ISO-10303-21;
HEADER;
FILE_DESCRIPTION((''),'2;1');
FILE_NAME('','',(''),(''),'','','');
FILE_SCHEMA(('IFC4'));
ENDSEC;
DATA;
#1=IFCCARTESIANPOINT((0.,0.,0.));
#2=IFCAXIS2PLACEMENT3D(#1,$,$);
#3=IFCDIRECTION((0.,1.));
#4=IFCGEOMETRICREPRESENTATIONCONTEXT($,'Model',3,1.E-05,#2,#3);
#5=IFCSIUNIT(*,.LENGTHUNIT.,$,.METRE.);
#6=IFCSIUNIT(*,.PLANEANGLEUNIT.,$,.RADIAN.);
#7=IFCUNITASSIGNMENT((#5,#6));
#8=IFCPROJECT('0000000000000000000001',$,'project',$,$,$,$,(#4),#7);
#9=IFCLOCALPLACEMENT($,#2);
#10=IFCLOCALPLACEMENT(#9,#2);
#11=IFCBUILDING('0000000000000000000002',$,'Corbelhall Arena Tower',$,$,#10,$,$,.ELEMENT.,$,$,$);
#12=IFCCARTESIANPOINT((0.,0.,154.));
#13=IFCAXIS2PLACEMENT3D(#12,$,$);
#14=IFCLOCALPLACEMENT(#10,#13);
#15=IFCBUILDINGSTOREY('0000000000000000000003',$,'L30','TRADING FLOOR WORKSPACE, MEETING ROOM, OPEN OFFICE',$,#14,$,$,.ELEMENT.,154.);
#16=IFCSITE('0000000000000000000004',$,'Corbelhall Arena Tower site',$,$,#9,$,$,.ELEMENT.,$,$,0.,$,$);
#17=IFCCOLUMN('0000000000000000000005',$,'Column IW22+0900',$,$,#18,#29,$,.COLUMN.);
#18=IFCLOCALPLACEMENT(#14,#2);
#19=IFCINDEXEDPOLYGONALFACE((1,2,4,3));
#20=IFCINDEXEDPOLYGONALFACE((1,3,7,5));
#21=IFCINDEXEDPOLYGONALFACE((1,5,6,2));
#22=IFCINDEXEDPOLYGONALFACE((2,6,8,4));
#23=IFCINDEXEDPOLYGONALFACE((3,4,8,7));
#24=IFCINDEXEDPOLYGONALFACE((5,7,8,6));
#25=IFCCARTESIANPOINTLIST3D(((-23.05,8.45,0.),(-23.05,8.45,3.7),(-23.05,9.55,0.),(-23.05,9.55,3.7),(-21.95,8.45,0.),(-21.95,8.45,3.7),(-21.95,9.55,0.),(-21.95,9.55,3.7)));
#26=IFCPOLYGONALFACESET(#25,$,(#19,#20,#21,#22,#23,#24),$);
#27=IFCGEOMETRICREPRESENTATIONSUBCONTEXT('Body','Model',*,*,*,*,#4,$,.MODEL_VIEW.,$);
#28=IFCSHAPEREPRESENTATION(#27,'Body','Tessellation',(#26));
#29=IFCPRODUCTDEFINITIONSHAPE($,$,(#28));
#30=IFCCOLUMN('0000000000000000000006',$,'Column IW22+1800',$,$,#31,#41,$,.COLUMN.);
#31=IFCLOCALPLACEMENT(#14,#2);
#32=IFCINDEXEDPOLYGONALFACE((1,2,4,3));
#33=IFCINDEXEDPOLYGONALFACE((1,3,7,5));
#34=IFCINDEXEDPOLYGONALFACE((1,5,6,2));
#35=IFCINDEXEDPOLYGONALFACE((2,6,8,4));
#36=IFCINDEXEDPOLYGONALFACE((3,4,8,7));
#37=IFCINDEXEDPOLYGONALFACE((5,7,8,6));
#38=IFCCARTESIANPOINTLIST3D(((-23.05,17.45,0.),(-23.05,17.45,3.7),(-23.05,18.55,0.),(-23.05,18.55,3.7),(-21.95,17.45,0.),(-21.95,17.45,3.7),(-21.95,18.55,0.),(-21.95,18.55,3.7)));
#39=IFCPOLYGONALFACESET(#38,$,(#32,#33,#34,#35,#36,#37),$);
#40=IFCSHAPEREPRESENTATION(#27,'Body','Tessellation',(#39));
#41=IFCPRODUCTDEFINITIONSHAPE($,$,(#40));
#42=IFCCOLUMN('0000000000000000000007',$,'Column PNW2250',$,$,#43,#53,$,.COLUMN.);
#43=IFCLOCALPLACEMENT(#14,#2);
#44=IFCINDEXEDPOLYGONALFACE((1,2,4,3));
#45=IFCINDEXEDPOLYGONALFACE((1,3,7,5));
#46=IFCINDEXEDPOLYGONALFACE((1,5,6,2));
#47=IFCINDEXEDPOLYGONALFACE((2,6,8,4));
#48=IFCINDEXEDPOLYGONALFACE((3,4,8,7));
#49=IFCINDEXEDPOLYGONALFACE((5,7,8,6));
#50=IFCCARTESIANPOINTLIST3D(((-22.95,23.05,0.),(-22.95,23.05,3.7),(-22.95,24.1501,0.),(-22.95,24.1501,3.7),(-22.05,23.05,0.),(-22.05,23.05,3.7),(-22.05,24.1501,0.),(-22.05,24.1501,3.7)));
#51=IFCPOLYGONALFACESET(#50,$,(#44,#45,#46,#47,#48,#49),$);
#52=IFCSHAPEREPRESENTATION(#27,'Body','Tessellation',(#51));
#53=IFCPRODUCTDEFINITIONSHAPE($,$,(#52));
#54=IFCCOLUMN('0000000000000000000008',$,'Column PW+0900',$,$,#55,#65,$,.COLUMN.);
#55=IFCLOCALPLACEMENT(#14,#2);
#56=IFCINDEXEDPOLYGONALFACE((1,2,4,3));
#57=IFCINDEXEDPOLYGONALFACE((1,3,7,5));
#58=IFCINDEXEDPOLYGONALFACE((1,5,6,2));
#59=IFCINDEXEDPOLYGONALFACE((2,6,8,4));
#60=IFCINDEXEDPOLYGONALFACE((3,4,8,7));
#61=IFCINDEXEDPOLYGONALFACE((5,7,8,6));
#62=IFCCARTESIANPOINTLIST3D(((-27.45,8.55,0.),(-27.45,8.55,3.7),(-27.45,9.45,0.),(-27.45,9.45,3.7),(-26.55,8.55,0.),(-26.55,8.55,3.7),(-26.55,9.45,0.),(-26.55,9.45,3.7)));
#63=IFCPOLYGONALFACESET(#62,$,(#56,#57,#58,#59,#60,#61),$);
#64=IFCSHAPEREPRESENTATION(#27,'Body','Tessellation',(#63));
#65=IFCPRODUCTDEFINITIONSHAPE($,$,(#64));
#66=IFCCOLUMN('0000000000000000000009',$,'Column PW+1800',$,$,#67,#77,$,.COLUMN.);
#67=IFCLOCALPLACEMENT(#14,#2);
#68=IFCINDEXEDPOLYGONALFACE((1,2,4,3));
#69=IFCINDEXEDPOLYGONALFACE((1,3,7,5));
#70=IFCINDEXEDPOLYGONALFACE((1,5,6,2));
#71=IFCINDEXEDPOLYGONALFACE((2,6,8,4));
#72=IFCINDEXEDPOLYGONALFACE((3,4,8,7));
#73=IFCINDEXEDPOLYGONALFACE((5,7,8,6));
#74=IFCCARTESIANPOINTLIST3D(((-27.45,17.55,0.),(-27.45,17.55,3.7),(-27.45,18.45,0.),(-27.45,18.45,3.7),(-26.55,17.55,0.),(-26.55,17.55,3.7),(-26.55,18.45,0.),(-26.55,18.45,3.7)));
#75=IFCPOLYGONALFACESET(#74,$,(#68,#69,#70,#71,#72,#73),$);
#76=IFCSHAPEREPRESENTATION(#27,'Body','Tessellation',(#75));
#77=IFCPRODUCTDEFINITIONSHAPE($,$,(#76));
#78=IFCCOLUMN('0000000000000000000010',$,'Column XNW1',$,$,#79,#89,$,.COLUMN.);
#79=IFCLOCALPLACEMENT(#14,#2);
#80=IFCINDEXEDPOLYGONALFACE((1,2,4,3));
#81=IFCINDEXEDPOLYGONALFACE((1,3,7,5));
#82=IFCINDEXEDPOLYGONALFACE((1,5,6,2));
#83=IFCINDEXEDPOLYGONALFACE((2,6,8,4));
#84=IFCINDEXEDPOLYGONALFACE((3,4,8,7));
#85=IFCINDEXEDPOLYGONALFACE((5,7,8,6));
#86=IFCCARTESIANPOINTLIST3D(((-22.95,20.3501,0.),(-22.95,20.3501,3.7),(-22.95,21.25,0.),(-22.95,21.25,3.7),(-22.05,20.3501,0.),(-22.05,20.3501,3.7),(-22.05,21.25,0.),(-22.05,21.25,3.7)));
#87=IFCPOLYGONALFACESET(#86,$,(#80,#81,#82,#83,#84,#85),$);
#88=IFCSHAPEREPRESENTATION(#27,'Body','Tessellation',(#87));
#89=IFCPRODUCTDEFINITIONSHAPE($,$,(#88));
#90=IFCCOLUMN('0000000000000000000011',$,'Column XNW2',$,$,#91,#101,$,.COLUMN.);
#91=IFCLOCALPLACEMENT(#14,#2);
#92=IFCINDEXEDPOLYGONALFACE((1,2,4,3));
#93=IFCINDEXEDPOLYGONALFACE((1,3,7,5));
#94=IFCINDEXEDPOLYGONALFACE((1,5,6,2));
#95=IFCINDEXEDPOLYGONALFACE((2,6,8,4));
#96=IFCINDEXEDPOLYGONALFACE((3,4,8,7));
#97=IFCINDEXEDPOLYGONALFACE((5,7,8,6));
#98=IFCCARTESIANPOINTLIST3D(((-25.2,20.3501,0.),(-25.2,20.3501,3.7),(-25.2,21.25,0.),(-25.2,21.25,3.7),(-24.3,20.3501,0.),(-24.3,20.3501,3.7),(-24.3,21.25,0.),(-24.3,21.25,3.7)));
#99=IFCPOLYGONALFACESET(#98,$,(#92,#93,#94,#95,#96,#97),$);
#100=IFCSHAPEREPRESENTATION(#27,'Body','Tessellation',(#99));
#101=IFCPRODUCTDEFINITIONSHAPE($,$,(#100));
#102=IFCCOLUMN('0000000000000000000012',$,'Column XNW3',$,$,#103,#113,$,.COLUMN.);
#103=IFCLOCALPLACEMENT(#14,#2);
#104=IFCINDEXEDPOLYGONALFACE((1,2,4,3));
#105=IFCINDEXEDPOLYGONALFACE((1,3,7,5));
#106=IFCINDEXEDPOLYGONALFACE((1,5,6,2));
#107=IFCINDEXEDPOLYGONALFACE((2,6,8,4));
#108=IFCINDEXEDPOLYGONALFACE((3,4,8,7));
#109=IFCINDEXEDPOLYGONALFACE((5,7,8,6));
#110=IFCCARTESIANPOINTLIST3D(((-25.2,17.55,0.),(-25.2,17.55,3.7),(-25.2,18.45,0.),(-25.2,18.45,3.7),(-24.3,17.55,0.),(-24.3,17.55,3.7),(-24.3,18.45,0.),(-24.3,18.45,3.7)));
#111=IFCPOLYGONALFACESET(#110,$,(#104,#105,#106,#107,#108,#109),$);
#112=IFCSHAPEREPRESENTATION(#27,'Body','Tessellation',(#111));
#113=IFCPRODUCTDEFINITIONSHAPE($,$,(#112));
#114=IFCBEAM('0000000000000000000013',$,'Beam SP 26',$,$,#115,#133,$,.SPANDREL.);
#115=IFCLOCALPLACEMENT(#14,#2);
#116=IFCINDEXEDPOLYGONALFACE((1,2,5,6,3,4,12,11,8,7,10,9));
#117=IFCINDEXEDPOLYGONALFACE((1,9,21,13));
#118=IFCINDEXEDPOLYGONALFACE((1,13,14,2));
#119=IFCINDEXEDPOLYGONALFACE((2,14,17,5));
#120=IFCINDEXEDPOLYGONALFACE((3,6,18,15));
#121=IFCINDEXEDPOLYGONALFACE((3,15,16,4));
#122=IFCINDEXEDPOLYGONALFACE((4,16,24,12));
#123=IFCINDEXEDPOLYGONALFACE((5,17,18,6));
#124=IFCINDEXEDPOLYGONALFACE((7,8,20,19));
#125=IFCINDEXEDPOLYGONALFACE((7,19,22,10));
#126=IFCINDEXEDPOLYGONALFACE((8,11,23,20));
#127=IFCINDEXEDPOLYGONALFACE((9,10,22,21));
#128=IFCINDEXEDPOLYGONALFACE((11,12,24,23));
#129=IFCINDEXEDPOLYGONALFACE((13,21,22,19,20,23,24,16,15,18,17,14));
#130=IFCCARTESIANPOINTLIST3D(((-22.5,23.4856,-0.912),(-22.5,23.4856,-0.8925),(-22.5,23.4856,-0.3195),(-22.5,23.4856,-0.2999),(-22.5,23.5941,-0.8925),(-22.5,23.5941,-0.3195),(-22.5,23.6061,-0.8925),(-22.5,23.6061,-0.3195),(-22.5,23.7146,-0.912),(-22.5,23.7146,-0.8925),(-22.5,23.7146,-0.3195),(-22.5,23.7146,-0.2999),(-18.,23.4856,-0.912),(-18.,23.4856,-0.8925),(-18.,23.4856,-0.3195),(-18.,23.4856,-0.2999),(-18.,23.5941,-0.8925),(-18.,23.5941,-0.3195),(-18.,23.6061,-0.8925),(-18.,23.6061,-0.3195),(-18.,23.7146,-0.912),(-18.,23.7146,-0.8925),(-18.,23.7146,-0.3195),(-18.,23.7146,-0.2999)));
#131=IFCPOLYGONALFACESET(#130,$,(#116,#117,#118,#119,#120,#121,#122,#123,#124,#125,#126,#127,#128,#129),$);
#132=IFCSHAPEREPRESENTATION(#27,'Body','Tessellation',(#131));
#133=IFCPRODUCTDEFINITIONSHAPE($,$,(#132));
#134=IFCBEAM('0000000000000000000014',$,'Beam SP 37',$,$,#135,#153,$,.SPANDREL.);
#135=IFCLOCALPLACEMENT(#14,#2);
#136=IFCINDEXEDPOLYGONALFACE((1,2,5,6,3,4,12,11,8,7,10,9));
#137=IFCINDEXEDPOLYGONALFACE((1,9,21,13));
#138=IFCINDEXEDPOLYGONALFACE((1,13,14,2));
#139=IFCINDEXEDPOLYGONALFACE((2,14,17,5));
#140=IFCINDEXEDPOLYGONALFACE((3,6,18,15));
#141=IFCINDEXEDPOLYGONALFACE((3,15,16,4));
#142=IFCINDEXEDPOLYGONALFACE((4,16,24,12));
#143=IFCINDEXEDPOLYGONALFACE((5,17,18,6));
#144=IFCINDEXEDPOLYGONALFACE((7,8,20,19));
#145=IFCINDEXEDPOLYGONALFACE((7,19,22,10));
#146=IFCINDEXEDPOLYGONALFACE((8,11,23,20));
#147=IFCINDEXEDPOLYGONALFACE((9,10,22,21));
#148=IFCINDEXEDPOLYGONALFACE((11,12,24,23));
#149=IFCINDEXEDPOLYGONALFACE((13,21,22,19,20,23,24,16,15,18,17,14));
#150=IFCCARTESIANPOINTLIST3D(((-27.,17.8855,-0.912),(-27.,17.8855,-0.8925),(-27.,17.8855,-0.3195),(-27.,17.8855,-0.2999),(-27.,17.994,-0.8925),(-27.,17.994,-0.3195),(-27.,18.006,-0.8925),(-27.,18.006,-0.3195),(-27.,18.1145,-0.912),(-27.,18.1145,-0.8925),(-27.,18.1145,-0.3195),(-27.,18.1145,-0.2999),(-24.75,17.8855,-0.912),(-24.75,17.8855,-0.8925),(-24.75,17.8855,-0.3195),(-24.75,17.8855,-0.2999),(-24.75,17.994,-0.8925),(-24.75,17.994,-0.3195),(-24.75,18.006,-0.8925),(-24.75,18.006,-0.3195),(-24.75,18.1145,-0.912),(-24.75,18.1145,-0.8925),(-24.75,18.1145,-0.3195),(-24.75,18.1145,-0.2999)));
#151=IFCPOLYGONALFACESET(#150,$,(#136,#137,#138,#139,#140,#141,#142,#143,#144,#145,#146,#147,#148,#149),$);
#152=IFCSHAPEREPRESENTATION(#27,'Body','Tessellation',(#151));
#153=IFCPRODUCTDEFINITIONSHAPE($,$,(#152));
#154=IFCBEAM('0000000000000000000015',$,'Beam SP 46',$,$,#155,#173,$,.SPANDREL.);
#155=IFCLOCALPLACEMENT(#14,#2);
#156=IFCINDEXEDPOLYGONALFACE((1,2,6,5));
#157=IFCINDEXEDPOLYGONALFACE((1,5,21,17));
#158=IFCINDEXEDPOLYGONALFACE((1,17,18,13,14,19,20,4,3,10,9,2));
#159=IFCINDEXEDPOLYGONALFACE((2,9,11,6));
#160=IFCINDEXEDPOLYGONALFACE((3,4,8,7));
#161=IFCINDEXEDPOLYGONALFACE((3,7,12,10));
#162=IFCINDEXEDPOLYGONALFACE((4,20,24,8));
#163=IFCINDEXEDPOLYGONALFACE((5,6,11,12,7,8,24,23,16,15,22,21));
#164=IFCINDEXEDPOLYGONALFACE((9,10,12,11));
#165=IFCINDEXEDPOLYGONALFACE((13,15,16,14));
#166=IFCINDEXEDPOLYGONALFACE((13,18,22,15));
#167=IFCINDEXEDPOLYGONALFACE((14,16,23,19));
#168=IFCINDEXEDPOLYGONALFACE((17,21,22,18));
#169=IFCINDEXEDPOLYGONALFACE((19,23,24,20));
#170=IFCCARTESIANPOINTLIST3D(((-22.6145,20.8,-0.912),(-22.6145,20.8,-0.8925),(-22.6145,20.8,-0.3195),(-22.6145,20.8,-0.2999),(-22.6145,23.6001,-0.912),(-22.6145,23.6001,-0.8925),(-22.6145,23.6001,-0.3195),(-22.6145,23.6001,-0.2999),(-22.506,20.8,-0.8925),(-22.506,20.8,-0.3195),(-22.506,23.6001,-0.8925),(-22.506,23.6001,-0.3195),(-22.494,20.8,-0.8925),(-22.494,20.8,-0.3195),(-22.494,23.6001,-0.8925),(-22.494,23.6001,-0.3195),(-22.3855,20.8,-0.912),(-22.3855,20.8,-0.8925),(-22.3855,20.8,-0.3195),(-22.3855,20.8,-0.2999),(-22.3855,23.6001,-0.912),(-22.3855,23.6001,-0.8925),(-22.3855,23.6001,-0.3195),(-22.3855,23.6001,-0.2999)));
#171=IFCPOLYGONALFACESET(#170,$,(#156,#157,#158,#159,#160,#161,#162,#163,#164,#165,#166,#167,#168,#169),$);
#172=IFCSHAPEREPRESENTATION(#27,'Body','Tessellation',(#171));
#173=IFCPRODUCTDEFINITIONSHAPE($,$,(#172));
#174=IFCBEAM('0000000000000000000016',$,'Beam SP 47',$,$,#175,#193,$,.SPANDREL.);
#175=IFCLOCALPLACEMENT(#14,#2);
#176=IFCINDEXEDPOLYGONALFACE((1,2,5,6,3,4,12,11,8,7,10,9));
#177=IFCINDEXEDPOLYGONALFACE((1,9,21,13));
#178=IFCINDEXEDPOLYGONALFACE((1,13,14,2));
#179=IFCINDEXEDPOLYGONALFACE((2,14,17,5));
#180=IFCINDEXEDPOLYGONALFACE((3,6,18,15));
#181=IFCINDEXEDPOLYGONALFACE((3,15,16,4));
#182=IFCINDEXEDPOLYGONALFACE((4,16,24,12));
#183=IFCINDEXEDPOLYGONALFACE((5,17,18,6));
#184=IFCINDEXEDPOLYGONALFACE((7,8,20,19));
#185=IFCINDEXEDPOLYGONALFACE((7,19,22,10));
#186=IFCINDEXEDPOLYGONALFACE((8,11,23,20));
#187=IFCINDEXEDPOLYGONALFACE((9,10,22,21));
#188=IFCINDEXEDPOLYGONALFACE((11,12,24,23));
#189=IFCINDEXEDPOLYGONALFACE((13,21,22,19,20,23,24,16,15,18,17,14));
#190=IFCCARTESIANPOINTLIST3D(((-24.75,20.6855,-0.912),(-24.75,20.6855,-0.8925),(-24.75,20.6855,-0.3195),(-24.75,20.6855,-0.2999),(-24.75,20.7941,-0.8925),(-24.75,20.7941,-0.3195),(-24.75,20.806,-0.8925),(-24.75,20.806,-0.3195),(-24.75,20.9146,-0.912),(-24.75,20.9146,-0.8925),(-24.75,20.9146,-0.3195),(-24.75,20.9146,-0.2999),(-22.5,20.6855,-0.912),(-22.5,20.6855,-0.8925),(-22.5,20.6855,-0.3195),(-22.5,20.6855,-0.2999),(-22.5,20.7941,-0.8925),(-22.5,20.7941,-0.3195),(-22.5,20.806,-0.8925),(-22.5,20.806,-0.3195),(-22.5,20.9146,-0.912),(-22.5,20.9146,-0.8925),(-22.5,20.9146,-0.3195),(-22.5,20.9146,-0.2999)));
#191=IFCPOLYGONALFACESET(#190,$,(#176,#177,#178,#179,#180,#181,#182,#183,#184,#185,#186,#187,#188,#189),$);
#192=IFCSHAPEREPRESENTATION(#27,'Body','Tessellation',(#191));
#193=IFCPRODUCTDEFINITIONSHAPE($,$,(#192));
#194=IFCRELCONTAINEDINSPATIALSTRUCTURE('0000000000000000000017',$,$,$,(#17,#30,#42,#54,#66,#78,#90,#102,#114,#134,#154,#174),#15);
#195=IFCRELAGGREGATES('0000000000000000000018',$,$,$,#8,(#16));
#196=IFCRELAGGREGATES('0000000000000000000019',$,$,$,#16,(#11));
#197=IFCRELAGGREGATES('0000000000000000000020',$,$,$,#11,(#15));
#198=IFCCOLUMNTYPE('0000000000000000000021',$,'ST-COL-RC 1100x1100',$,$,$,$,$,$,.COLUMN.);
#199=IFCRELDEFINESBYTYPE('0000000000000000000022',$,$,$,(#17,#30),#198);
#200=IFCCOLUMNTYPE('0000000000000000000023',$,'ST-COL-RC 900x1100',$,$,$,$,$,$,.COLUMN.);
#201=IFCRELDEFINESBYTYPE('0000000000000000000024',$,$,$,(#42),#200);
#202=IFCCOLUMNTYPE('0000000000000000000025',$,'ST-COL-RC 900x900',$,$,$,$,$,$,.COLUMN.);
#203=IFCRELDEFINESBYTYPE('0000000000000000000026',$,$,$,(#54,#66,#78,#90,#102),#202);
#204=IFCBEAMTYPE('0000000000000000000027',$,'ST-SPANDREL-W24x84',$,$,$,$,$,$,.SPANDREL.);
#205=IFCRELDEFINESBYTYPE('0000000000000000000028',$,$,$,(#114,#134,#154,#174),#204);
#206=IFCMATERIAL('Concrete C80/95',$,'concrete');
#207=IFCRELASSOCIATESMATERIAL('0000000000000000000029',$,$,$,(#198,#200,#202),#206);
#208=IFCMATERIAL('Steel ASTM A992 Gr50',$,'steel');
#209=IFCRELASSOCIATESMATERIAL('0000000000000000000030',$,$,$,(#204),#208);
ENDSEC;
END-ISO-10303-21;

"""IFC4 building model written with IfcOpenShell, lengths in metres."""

from ifc_helpers import new_model, si_unit, direction, frame, origin, origin_2d, place, context, subcontext, project, spatial, rectangle, i_section, extrude, material, material_profile, profile_set, type_object, element, save


model = new_model("IFC4")

# Units and contexts
model_context = context("Model", 3, precision=1e-05, world=origin(), true_north=direction((0.0, 1.0)))
body_context = subcontext(model_context, "Body", "Model", "MODEL_VIEW")
ifc_project = project(units=[si_unit("LENGTHUNIT", "METRE"), si_unit("PLANEANGLEUNIT", "RADIAN")], contexts=[model_context])

# Site, building, storey
site_placement = place(None, origin())
site = spatial("IfcSite", under=ifc_project, at=site_placement, Name="Corbelhall Arena Tower site", CompositionType="ELEMENT", RefElevation=0.0)
building_placement = place(site_placement, origin())
building = spatial("IfcBuilding", under=site, at=building_placement, Name="Corbelhall Arena Tower", CompositionType="ELEMENT")
storey_placement = place(building_placement, frame((0.0, 0.0, 154.0)))
storey = spatial("IfcBuildingStorey", under=building, at=storey_placement, Name="L30", Description="TRADING FLOOR WORKSPACE, MEETING ROOM, OPEN OFFICE", CompositionType="ELEMENT", Elevation=154.0)

# Columns
ifc_material_1 = material(Name="Concrete C80/95", Category="concrete")
ifc_material_profile_1 = material_profile(ifc_material_1, rectangle(XDim=1.1001, YDim=1.1001, at=origin_2d()))
ifc_profile_set_1 = profile_set([ifc_material_profile_1], Name="Concrete C80/95")
column_type_1 = type_object("IfcColumnType", Name="ST-COL-RC 1100x1100", PredefinedType="COLUMN", material=ifc_profile_set_1)
for number, where, z_axis, x_axis, name in (
    (1, (-22.5, 9.0, 0.0), (0.0, 0.0, 1.0), (1.0, 0.0, 0.0), "Column IW22+0900"),
    (2, (-22.5, 18.0, 0.0), (0.0, 0.0, 1.0), (1.0, 0.0, 0.0), "Column IW22+1800"),
):
    element("IfcColumn", number, at=place(storey_placement, frame(where, z_axis=z_axis, x_axis=x_axis)), inside=storey, type_object=column_type_1, Name=name, PredefinedType="COLUMN", context=body_context, shape_type="SweptSolid", body=[
        extrude(rectangle(XDim=1.1001, YDim=1.1001, at=origin_2d()), origin(), (0.0, 0.0, 1.0), 3.7),
    ])
ifc_material_profile_2 = material_profile(ifc_material_1, rectangle(XDim=0.8999, YDim=1.1001, at=origin_2d()))
ifc_profile_set_2 = profile_set([ifc_material_profile_2], Name="Concrete C80/95")
column_type_2 = type_object("IfcColumnType", Name="ST-COL-RC 900x1100", PredefinedType="COLUMN", material=ifc_profile_set_2)
column_placement = place(storey_placement, frame((-22.5, 23.6001, 0.0), z_axis=(0.0, 0.0, 1.0), x_axis=(1.0, 0.0, 0.0)))
element("IfcColumn", 3, at=column_placement, inside=storey, type_object=column_type_2, Name="Column PNW2250", PredefinedType="COLUMN", context=body_context, shape_type="SweptSolid", body=[
    extrude(rectangle(XDim=0.8999, YDim=1.1001, at=origin_2d()), origin(), (0.0, 0.0, 1.0), 3.7),
])
ifc_material_profile_3 = material_profile(ifc_material_1, rectangle(XDim=0.8999, YDim=0.8999, at=origin_2d()))
ifc_profile_set_3 = profile_set([ifc_material_profile_3], Name="Concrete C80/95")
column_type_3 = type_object("IfcColumnType", Name="ST-COL-RC 900x900", PredefinedType="COLUMN", material=ifc_profile_set_3)
for number, where, z_axis, x_axis, name in (
    (4, (-27.0, 9.0, 0.0), (0.0, 0.0, 1.0), (1.0, 0.0, 0.0), "Column PW+0900"),
    (5, (-27.0, 18.0, 0.0), (0.0, 0.0, 1.0), (1.0, 0.0, 0.0), "Column PW+1800"),
    (6, (-22.5, 20.8, 0.0), (0.0, 0.0, 1.0), (1.0, 0.0, 0.0), "Column XNW1"),
    (7, (-24.75, 20.8, 0.0), (0.0, 0.0, 1.0), (1.0, 0.0, 0.0), "Column XNW2"),
    (8, (-24.75, 18.0, 0.0), (0.0, 0.0, 1.0), (1.0, 0.0, 0.0), "Column XNW3"),
):
    element("IfcColumn", number, at=place(storey_placement, frame(where, z_axis=z_axis, x_axis=x_axis)), inside=storey, type_object=column_type_3, Name=name, PredefinedType="COLUMN", context=body_context, shape_type="SweptSolid", body=[
        extrude(rectangle(XDim=0.8999, YDim=0.8999, at=origin_2d()), origin(), (0.0, 0.0, 1.0), 3.7),
    ])

# Beams
ifc_material_2 = material(Name="Steel ASTM A992 Gr50", Category="steel")
ifc_material_profile_4 = material_profile(ifc_material_2, i_section(OverallWidth=0.229, OverallDepth=0.6121, WebThickness=0.012, FlangeThickness=0.0195, at=origin_2d()))
ifc_profile_set_4 = profile_set([ifc_material_profile_4], Name="Steel ASTM A992 Gr50")
beam_type = type_object("IfcBeamType", Name="ST-SPANDREL-W24x84", PredefinedType="SPANDREL", material=ifc_profile_set_4)
beam_1_placement = place(storey_placement, frame((-22.5, 23.6001, -0.606), z_axis=(1.0, 0.0, 0.0), x_axis=(0.0, 1.0, 0.0)))
element("IfcBeam", 9, at=beam_1_placement, inside=storey, type_object=beam_type, Name="Beam SP 26", PredefinedType="SPANDREL", context=body_context, shape_type="SweptSolid", body=[
    extrude(i_section(OverallWidth=0.229, OverallDepth=0.6121, WebThickness=0.012, FlangeThickness=0.0195, at=origin_2d()), origin(), (0.0, 0.0, 1.0), 4.5),
])
beam_2_placement = place(storey_placement, frame((-27.0, 18.0, -0.606), z_axis=(1.0, 0.0, 0.0), x_axis=(0.0, 1.0, 0.0)))
element("IfcBeam", 10, at=beam_2_placement, inside=storey, type_object=beam_type, Name="Beam SP 37", PredefinedType="SPANDREL", context=body_context, shape_type="SweptSolid", body=[
    extrude(i_section(OverallWidth=0.229, OverallDepth=0.6121, WebThickness=0.012, FlangeThickness=0.0195, at=origin_2d()), origin(), (0.0, 0.0, 1.0), 2.25),
])
beam_3_placement = place(storey_placement, frame((-22.5, 20.8, -0.606), z_axis=(0.0, 1.0, 0.0), x_axis=(-1.0, 0.0, 0.0)))
element("IfcBeam", 11, at=beam_3_placement, inside=storey, type_object=beam_type, Name="Beam SP 46", PredefinedType="SPANDREL", context=body_context, shape_type="SweptSolid", body=[
    extrude(i_section(OverallWidth=0.229, OverallDepth=0.6121, WebThickness=0.012, FlangeThickness=0.0195, at=origin_2d()), origin(), (0.0, 0.0, 1.0), 2.8),
])
beam_4_placement = place(storey_placement, frame((-24.75, 20.8, -0.606), z_axis=(1.0, 0.0, 0.0), x_axis=(0.0, 1.0, 0.0)))
element("IfcBeam", 12, at=beam_4_placement, inside=storey, type_object=beam_type, Name="Beam SP 47", PredefinedType="SPANDREL", context=body_context, shape_type="SweptSolid", body=[
    extrude(i_section(OverallWidth=0.229, OverallDepth=0.6121, WebThickness=0.012, FlangeThickness=0.0195, at=origin_2d()), origin(), (0.0, 0.0, 1.0), 2.25),
])

save(model, "model.ifc")
